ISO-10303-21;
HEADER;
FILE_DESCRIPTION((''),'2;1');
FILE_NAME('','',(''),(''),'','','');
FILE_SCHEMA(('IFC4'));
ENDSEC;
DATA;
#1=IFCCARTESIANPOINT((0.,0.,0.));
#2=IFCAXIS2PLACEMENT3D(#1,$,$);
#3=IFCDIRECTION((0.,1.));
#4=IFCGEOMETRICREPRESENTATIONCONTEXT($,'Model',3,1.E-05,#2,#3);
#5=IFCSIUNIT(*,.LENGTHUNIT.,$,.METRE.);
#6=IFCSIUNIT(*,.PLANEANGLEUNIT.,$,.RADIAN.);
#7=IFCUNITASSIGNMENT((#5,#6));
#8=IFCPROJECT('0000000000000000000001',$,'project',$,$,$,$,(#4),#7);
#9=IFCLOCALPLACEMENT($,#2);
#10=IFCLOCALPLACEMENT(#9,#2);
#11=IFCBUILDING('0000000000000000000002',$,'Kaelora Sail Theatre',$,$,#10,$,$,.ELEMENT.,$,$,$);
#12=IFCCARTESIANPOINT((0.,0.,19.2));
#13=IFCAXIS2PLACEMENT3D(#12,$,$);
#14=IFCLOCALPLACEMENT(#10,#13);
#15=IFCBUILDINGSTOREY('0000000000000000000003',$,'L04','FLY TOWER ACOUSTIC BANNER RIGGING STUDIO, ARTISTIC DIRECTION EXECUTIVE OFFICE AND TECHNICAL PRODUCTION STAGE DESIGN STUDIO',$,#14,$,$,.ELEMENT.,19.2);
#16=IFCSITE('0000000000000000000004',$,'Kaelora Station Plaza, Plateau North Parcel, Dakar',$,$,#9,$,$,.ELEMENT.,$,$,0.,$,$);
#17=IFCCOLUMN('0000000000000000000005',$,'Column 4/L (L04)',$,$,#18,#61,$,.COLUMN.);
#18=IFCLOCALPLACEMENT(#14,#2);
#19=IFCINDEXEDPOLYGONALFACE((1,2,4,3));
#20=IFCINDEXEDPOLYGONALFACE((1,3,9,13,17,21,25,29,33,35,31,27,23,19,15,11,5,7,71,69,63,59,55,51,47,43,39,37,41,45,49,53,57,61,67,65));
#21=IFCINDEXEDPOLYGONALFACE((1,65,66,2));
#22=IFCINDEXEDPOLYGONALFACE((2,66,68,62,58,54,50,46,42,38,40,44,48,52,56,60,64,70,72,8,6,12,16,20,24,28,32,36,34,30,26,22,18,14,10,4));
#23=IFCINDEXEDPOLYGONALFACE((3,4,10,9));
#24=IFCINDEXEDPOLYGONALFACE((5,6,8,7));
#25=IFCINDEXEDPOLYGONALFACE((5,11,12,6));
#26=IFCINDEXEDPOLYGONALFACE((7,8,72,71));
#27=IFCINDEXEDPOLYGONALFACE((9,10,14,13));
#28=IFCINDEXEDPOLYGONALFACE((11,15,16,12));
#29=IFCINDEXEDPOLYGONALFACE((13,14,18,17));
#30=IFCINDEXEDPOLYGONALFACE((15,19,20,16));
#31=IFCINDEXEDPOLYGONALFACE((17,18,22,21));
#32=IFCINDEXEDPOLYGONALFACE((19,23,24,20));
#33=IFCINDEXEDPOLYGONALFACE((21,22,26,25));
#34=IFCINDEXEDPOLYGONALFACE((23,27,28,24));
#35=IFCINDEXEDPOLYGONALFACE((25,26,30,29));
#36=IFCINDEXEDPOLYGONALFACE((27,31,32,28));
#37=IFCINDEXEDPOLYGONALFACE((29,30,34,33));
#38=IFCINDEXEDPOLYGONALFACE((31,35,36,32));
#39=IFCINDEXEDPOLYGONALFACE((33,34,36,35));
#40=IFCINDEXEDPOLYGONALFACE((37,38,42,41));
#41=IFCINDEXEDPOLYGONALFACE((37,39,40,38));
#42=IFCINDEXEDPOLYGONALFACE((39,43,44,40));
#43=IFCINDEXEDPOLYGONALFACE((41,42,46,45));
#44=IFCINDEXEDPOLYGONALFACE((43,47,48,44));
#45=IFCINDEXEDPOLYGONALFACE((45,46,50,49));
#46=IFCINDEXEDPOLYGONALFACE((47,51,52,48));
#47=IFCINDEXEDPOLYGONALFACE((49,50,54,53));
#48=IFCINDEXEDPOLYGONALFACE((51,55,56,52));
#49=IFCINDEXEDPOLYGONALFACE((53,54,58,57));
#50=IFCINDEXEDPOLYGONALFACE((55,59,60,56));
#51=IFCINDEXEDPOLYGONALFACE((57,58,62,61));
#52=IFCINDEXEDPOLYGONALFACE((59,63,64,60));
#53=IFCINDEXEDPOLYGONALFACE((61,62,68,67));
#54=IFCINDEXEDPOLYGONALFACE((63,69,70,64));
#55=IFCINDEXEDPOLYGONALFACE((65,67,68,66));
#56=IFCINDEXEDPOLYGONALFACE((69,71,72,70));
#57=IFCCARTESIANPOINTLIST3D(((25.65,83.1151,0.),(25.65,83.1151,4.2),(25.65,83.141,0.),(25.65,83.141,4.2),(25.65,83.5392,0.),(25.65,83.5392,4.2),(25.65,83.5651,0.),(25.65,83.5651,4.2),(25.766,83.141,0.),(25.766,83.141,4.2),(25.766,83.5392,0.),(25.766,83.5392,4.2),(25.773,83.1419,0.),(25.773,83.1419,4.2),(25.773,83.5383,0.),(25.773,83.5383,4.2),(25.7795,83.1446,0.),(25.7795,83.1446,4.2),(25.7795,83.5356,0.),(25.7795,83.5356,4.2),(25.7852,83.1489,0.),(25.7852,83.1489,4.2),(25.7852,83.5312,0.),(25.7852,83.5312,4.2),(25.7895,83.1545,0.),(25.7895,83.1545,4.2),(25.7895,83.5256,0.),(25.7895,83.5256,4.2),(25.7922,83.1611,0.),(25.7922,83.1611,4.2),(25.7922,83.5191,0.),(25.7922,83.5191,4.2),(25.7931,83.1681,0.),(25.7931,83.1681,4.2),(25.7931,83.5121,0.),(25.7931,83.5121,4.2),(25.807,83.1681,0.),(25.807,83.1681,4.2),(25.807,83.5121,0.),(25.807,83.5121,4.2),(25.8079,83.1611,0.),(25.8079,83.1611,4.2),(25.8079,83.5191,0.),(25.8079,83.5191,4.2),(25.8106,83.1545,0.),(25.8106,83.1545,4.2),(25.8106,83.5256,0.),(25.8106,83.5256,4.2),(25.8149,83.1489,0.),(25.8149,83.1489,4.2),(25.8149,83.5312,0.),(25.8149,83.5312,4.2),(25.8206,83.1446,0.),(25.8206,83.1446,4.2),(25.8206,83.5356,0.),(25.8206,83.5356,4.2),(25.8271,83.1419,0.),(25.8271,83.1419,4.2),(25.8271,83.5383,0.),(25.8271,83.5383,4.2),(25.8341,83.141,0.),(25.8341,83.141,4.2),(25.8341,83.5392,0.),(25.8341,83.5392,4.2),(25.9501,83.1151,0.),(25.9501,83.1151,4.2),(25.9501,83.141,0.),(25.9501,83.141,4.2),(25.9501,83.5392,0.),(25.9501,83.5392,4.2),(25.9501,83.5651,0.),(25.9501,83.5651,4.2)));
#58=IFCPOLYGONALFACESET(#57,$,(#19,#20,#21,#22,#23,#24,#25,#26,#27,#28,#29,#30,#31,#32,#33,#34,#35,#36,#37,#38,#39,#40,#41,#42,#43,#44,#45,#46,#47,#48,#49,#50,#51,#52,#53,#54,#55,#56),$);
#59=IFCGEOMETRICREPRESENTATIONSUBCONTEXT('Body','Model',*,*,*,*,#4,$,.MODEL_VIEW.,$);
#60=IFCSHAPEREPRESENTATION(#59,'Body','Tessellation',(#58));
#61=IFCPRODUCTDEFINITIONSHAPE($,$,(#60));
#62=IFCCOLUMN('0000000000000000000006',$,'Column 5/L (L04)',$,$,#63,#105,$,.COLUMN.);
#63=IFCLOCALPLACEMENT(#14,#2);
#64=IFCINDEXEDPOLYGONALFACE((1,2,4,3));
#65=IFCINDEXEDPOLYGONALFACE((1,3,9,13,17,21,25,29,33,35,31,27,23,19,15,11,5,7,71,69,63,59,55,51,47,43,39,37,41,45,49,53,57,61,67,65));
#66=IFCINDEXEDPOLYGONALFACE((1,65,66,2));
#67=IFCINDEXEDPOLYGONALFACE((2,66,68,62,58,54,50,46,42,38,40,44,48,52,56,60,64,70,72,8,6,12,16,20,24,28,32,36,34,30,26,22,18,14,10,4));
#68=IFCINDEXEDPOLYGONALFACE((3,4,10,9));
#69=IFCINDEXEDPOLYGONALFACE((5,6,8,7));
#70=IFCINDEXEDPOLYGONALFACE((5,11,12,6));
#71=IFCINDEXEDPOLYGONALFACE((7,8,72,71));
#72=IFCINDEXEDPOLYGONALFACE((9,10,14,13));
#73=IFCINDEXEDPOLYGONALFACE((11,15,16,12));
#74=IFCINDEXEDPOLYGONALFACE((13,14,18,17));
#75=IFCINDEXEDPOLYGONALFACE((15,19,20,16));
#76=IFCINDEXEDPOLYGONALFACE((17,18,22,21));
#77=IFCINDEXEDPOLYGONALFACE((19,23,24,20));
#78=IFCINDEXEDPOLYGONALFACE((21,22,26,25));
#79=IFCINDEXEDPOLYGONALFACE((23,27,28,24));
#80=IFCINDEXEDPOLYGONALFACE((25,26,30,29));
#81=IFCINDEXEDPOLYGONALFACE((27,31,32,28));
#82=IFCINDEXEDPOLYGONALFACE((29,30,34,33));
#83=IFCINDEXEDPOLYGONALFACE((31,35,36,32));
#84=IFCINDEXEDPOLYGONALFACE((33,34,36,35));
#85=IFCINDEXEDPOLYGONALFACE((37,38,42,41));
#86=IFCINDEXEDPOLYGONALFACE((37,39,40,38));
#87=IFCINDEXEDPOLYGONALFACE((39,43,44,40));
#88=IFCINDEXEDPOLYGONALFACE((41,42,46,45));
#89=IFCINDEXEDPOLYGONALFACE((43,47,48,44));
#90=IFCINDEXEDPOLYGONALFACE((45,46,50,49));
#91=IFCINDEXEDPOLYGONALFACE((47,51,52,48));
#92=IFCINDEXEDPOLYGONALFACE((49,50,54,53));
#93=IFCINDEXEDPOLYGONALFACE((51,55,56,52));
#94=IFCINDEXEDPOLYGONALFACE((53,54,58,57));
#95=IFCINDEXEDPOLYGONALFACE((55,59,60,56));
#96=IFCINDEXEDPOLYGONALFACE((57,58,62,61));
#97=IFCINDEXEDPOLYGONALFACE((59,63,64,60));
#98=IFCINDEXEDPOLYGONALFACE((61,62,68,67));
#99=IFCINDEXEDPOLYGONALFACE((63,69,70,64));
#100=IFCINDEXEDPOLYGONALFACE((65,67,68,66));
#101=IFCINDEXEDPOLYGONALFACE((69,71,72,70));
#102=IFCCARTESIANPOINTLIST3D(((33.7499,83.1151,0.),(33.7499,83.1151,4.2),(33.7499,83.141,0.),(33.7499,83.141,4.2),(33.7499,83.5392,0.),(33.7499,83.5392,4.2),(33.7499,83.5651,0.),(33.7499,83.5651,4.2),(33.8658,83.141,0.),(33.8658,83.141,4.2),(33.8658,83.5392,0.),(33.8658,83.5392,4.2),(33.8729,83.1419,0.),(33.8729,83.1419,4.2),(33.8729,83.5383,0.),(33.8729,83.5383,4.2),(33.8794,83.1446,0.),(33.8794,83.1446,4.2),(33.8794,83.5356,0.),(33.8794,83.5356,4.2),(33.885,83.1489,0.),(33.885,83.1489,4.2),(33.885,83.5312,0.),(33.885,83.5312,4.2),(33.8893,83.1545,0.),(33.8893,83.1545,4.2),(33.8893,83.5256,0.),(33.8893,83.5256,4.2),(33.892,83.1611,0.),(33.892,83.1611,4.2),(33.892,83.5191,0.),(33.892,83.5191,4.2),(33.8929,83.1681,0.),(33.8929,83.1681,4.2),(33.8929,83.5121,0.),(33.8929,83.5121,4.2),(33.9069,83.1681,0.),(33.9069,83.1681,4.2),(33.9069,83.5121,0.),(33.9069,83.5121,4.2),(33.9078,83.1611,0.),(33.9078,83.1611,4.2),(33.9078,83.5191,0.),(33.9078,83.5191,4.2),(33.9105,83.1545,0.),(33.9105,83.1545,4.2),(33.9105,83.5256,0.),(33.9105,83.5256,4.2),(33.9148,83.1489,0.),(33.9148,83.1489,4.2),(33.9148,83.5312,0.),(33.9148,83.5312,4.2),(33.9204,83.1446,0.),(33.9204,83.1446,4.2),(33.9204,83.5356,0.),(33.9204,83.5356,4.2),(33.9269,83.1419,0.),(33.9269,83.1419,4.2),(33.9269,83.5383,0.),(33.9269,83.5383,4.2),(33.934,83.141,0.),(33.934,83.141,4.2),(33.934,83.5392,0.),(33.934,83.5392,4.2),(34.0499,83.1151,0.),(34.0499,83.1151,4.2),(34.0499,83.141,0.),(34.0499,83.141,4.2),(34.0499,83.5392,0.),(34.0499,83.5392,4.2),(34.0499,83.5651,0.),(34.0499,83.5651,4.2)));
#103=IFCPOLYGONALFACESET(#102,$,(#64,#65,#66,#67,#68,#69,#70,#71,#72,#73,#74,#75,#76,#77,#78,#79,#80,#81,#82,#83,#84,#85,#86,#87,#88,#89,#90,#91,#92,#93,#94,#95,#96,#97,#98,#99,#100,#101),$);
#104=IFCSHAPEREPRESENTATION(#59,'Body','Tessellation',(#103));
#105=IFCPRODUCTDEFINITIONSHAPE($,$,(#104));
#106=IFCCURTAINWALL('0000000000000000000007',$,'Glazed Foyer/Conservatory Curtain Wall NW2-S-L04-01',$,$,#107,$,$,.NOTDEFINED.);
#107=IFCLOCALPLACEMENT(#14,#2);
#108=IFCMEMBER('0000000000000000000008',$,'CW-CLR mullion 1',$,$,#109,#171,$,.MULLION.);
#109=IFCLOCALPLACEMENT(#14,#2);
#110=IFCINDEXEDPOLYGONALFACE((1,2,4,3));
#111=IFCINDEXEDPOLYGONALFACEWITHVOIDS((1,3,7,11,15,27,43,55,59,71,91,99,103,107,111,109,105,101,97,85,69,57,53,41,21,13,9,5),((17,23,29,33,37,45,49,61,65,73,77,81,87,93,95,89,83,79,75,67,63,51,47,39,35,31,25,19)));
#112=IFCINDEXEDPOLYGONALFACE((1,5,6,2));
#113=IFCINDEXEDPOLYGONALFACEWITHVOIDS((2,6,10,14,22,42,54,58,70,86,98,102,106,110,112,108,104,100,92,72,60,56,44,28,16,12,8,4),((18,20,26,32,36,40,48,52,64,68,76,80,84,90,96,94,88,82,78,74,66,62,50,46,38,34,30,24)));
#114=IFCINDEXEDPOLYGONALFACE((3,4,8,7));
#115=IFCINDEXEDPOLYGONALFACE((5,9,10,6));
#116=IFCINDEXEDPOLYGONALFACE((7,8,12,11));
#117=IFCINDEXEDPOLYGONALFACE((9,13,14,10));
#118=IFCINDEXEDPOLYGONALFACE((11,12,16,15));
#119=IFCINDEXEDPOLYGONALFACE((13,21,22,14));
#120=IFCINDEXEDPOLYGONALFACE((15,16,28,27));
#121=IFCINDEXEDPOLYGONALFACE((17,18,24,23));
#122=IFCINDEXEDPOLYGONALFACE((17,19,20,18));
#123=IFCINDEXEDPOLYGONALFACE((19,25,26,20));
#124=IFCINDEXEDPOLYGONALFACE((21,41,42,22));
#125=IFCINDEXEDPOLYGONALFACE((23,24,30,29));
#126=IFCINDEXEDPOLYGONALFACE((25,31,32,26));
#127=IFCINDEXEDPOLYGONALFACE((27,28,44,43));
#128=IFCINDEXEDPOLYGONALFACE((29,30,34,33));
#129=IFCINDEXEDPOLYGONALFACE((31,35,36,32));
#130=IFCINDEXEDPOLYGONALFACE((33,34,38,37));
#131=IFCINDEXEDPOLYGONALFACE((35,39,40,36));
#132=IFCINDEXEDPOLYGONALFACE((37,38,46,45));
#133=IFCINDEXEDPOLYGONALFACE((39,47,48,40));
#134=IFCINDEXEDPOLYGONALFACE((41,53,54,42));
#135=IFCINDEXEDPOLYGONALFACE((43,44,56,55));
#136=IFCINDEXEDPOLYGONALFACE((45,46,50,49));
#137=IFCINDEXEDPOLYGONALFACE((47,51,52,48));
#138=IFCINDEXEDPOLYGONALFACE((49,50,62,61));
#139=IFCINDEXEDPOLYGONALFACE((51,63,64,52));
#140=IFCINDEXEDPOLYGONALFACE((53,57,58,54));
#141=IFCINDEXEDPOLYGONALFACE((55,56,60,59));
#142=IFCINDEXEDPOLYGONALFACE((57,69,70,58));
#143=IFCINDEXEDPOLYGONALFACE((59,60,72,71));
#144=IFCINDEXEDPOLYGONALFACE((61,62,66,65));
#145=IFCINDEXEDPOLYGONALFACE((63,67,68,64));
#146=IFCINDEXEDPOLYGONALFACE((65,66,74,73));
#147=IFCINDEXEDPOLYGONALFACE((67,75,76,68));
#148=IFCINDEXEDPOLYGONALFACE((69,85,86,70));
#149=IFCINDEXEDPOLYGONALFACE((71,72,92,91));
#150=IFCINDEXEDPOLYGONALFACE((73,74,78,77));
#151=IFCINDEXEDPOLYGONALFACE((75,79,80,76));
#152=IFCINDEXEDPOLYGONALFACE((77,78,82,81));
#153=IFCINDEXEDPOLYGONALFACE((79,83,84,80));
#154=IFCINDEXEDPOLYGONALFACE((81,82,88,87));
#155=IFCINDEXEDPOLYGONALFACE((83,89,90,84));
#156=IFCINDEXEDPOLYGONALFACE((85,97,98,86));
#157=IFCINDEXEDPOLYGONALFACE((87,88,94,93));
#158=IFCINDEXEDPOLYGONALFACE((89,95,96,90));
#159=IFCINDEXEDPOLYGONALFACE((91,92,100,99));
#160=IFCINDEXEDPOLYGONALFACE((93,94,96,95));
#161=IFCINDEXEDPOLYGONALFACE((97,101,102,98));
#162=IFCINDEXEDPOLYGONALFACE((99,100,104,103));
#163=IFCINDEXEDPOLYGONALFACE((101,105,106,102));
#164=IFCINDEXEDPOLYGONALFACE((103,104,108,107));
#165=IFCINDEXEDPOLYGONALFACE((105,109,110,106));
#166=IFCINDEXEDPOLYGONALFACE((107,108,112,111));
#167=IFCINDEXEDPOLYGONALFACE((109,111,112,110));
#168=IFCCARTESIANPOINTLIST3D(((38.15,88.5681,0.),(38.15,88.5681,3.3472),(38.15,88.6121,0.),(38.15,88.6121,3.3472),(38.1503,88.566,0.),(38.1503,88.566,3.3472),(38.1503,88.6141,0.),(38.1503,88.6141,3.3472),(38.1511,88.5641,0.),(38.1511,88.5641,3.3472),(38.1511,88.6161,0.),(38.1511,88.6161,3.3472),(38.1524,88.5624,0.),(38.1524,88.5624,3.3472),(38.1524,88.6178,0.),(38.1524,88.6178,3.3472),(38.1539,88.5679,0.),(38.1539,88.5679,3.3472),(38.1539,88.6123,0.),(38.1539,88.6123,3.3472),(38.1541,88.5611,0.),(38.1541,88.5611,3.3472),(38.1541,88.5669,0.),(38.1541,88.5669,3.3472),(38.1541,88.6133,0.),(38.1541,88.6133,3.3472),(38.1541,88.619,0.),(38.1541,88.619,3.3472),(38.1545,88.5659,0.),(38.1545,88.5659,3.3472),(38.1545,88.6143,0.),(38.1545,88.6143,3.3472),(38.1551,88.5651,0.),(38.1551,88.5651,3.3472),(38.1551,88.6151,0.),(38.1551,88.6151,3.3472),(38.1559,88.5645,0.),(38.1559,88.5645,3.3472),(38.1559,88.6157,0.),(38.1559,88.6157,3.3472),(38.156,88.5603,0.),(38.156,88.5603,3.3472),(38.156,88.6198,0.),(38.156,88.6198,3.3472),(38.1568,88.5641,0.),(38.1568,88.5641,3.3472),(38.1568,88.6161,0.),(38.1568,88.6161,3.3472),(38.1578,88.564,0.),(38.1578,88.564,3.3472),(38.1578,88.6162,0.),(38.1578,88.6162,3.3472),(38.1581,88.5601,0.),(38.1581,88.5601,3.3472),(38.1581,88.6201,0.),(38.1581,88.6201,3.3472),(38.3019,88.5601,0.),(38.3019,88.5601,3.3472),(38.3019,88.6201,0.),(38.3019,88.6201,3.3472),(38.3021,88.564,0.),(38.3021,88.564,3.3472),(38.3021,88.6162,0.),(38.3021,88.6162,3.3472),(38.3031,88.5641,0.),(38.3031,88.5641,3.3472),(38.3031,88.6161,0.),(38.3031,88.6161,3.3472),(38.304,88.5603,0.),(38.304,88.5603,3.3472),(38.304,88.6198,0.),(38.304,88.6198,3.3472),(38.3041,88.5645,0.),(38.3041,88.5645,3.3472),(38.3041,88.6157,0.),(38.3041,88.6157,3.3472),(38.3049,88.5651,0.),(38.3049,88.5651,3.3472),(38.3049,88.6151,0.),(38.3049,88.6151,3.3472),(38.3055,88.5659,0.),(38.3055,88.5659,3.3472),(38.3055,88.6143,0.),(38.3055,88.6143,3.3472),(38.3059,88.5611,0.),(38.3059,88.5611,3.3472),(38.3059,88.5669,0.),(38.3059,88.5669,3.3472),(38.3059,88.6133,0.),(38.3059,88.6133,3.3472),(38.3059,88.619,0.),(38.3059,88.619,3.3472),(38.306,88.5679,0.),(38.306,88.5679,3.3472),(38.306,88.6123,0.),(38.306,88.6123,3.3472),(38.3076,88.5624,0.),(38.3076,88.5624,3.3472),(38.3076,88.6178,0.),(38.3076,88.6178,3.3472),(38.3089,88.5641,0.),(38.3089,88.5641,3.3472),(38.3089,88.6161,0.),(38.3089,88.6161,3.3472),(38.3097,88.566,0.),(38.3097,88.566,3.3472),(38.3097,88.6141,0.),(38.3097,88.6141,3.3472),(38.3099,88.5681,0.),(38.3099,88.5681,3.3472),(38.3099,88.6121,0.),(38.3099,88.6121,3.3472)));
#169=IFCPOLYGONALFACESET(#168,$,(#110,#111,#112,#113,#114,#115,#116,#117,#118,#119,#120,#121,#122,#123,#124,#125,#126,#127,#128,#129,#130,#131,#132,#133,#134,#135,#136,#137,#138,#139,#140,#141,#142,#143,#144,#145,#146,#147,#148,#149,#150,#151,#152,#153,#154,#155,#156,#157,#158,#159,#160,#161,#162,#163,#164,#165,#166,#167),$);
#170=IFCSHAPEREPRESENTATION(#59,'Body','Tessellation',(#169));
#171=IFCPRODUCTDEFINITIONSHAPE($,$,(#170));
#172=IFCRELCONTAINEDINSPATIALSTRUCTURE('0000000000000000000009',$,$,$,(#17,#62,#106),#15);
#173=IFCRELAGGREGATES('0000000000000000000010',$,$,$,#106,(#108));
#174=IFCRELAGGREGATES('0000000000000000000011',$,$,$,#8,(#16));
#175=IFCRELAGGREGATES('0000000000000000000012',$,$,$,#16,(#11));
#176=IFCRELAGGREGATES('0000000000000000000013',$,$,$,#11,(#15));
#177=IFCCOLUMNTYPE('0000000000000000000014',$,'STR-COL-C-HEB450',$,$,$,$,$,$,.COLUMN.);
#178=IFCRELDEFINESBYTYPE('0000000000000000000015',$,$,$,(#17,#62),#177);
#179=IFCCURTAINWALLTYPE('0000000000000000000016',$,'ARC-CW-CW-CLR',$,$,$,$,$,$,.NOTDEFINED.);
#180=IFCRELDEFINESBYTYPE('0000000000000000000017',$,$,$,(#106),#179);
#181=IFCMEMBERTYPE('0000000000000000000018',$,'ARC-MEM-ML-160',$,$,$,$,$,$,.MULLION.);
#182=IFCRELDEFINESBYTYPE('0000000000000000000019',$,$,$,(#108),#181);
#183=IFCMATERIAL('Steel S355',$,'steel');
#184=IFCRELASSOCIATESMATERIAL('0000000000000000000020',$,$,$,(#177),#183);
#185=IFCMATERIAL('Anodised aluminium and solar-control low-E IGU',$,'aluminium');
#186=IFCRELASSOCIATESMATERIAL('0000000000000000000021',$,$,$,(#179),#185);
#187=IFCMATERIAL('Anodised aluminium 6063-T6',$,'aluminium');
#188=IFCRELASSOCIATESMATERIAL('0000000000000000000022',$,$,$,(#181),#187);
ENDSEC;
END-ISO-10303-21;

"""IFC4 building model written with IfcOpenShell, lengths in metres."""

from ifc_helpers import new_model, si_unit, direction, frame, origin, origin_2d, place, context, subcontext, project, spatial, hollow_rectangle, i_section, extrude, material, material_profile, profile_set, type_object, element, aggregate, save


model = new_model("IFC4")

# Units and contexts
model_context = context("Model", 3, precision=1e-05, world=origin(), true_north=direction((0.0, 1.0)))
body_context = subcontext(model_context, "Body", "Model", "MODEL_VIEW")
ifc_project = project(units=[si_unit("LENGTHUNIT", "METRE"), si_unit("PLANEANGLEUNIT", "RADIAN")], contexts=[model_context])

# Site, building, storey
site_placement = place(None, origin())
site = spatial("IfcSite", under=ifc_project, at=site_placement, Name="Kaelora Station Plaza, Plateau North Parcel, Dakar", CompositionType="ELEMENT", RefElevation=0.0)
building_placement = place(site_placement, origin())
building = spatial("IfcBuilding", under=site, at=building_placement, Name="Kaelora Sail Theatre", CompositionType="ELEMENT")
storey_placement = place(building_placement, frame((0.0, 0.0, 19.2)))
storey = spatial("IfcBuildingStorey", under=building, at=storey_placement, Name="L04", Description="FLY TOWER ACOUSTIC BANNER RIGGING STUDIO, ARTISTIC DIRECTION EXECUTIVE OFFICE AND TECHNICAL PRODUCTION STAGE DESIGN STUDIO", CompositionType="ELEMENT", Elevation=19.2)

# Columns
ifc_material_1 = material(Name="Steel S355", Category="steel")
ifc_material_profile_1 = material_profile(ifc_material_1, i_section(OverallWidth=0.3, OverallDepth=0.45, WebThickness=0.0139, FlangeThickness=0.0259, FilletRadius=0.0271, at=origin_2d()), Name="HEB 450")
ifc_profile_set_1 = profile_set([ifc_material_profile_1], Name="Steel S355")
column_type = type_object("IfcColumnType", Name="STR-COL-C-HEB450", PredefinedType="COLUMN", material=ifc_profile_set_1)
for number, where, z_axis, x_axis, name in (
    (1, (25.8, 83.3401, 0.0), (0.0, 0.0, 1.0), (1.0, 0.0, 0.0), "Column 4/L (L04)"),
    (2, (33.8999, 83.3401, 0.0), (0.0, 0.0, 1.0), (1.0, 0.0, 0.0), "Column 5/L (L04)"),
):
    element("IfcColumn", number, at=place(storey_placement, frame(where, z_axis=z_axis, x_axis=x_axis)), inside=storey, type_object=column_type, Name=name, PredefinedType="COLUMN", context=body_context, shape_type="SweptSolid", body=[
        extrude(i_section(OverallWidth=0.3, OverallDepth=0.45, WebThickness=0.0139, FlangeThickness=0.0259, FilletRadius=0.0271, at=origin_2d()), origin(), (0.0, 0.0, 1.0), 4.2),
    ])

# Curtain wall, member
ifc_material_2 = material(Name="Anodised aluminium and solar-control low-E IGU", Category="aluminium")
curtain_wall_type = type_object("IfcCurtainWallType", Name="ARC-CW-CW-CLR", PredefinedType="NOTDEFINED", material=ifc_material_2)
curtain_wall_placement = place(storey_placement, origin())
curtain_wall = element("IfcCurtainWall", 3, at=curtain_wall_placement, inside=storey, type_object=curtain_wall_type, Name="Glazed Foyer/Conservatory Curtain Wall NW2-S-L04-01", PredefinedType="NOTDEFINED")
ifc_material_3 = material(Name="Anodised aluminium 6063-T6", Category="aluminium")
ifc_material_profile_2 = material_profile(ifc_material_3, hollow_rectangle(XDim=0.0601, YDim=0.1599, WallThickness=0.0039, InnerFilletRadius=0.0039, OuterFilletRadius=0.0081, at=origin_2d()), Name="ALU-MULL 60x160x4")
ifc_profile_set_2 = profile_set([ifc_material_profile_2], Name="Anodised aluminium 6063-T6")
member_type_1 = type_object("IfcMemberType", Name="ARC-MEM-ML-160", PredefinedType="MULLION", material=ifc_profile_set_2)
member_1_placement = place(storey_placement, frame((38.23, 88.5901, 0.0), z_axis=(0.0, 0.0, 1.0), x_axis=(0.0, 1.0, 0.0)))
member_1 = element("IfcMember", 4, at=member_1_placement, type_object=member_type_1, Name="CW-CLR mullion 1", PredefinedType="MULLION", context=body_context, shape_type="SweptSolid", body=[
    extrude(hollow_rectangle(XDim=0.0601, YDim=0.1599, WallThickness=0.0039, InnerFilletRadius=0.0039, OuterFilletRadius=0.0081, at=origin_2d()), origin(), (0.0, 0.0, 1.0), 3.3472),
])

aggregate(curtain_wall, [member_1])

save(model, "model.ifc")
